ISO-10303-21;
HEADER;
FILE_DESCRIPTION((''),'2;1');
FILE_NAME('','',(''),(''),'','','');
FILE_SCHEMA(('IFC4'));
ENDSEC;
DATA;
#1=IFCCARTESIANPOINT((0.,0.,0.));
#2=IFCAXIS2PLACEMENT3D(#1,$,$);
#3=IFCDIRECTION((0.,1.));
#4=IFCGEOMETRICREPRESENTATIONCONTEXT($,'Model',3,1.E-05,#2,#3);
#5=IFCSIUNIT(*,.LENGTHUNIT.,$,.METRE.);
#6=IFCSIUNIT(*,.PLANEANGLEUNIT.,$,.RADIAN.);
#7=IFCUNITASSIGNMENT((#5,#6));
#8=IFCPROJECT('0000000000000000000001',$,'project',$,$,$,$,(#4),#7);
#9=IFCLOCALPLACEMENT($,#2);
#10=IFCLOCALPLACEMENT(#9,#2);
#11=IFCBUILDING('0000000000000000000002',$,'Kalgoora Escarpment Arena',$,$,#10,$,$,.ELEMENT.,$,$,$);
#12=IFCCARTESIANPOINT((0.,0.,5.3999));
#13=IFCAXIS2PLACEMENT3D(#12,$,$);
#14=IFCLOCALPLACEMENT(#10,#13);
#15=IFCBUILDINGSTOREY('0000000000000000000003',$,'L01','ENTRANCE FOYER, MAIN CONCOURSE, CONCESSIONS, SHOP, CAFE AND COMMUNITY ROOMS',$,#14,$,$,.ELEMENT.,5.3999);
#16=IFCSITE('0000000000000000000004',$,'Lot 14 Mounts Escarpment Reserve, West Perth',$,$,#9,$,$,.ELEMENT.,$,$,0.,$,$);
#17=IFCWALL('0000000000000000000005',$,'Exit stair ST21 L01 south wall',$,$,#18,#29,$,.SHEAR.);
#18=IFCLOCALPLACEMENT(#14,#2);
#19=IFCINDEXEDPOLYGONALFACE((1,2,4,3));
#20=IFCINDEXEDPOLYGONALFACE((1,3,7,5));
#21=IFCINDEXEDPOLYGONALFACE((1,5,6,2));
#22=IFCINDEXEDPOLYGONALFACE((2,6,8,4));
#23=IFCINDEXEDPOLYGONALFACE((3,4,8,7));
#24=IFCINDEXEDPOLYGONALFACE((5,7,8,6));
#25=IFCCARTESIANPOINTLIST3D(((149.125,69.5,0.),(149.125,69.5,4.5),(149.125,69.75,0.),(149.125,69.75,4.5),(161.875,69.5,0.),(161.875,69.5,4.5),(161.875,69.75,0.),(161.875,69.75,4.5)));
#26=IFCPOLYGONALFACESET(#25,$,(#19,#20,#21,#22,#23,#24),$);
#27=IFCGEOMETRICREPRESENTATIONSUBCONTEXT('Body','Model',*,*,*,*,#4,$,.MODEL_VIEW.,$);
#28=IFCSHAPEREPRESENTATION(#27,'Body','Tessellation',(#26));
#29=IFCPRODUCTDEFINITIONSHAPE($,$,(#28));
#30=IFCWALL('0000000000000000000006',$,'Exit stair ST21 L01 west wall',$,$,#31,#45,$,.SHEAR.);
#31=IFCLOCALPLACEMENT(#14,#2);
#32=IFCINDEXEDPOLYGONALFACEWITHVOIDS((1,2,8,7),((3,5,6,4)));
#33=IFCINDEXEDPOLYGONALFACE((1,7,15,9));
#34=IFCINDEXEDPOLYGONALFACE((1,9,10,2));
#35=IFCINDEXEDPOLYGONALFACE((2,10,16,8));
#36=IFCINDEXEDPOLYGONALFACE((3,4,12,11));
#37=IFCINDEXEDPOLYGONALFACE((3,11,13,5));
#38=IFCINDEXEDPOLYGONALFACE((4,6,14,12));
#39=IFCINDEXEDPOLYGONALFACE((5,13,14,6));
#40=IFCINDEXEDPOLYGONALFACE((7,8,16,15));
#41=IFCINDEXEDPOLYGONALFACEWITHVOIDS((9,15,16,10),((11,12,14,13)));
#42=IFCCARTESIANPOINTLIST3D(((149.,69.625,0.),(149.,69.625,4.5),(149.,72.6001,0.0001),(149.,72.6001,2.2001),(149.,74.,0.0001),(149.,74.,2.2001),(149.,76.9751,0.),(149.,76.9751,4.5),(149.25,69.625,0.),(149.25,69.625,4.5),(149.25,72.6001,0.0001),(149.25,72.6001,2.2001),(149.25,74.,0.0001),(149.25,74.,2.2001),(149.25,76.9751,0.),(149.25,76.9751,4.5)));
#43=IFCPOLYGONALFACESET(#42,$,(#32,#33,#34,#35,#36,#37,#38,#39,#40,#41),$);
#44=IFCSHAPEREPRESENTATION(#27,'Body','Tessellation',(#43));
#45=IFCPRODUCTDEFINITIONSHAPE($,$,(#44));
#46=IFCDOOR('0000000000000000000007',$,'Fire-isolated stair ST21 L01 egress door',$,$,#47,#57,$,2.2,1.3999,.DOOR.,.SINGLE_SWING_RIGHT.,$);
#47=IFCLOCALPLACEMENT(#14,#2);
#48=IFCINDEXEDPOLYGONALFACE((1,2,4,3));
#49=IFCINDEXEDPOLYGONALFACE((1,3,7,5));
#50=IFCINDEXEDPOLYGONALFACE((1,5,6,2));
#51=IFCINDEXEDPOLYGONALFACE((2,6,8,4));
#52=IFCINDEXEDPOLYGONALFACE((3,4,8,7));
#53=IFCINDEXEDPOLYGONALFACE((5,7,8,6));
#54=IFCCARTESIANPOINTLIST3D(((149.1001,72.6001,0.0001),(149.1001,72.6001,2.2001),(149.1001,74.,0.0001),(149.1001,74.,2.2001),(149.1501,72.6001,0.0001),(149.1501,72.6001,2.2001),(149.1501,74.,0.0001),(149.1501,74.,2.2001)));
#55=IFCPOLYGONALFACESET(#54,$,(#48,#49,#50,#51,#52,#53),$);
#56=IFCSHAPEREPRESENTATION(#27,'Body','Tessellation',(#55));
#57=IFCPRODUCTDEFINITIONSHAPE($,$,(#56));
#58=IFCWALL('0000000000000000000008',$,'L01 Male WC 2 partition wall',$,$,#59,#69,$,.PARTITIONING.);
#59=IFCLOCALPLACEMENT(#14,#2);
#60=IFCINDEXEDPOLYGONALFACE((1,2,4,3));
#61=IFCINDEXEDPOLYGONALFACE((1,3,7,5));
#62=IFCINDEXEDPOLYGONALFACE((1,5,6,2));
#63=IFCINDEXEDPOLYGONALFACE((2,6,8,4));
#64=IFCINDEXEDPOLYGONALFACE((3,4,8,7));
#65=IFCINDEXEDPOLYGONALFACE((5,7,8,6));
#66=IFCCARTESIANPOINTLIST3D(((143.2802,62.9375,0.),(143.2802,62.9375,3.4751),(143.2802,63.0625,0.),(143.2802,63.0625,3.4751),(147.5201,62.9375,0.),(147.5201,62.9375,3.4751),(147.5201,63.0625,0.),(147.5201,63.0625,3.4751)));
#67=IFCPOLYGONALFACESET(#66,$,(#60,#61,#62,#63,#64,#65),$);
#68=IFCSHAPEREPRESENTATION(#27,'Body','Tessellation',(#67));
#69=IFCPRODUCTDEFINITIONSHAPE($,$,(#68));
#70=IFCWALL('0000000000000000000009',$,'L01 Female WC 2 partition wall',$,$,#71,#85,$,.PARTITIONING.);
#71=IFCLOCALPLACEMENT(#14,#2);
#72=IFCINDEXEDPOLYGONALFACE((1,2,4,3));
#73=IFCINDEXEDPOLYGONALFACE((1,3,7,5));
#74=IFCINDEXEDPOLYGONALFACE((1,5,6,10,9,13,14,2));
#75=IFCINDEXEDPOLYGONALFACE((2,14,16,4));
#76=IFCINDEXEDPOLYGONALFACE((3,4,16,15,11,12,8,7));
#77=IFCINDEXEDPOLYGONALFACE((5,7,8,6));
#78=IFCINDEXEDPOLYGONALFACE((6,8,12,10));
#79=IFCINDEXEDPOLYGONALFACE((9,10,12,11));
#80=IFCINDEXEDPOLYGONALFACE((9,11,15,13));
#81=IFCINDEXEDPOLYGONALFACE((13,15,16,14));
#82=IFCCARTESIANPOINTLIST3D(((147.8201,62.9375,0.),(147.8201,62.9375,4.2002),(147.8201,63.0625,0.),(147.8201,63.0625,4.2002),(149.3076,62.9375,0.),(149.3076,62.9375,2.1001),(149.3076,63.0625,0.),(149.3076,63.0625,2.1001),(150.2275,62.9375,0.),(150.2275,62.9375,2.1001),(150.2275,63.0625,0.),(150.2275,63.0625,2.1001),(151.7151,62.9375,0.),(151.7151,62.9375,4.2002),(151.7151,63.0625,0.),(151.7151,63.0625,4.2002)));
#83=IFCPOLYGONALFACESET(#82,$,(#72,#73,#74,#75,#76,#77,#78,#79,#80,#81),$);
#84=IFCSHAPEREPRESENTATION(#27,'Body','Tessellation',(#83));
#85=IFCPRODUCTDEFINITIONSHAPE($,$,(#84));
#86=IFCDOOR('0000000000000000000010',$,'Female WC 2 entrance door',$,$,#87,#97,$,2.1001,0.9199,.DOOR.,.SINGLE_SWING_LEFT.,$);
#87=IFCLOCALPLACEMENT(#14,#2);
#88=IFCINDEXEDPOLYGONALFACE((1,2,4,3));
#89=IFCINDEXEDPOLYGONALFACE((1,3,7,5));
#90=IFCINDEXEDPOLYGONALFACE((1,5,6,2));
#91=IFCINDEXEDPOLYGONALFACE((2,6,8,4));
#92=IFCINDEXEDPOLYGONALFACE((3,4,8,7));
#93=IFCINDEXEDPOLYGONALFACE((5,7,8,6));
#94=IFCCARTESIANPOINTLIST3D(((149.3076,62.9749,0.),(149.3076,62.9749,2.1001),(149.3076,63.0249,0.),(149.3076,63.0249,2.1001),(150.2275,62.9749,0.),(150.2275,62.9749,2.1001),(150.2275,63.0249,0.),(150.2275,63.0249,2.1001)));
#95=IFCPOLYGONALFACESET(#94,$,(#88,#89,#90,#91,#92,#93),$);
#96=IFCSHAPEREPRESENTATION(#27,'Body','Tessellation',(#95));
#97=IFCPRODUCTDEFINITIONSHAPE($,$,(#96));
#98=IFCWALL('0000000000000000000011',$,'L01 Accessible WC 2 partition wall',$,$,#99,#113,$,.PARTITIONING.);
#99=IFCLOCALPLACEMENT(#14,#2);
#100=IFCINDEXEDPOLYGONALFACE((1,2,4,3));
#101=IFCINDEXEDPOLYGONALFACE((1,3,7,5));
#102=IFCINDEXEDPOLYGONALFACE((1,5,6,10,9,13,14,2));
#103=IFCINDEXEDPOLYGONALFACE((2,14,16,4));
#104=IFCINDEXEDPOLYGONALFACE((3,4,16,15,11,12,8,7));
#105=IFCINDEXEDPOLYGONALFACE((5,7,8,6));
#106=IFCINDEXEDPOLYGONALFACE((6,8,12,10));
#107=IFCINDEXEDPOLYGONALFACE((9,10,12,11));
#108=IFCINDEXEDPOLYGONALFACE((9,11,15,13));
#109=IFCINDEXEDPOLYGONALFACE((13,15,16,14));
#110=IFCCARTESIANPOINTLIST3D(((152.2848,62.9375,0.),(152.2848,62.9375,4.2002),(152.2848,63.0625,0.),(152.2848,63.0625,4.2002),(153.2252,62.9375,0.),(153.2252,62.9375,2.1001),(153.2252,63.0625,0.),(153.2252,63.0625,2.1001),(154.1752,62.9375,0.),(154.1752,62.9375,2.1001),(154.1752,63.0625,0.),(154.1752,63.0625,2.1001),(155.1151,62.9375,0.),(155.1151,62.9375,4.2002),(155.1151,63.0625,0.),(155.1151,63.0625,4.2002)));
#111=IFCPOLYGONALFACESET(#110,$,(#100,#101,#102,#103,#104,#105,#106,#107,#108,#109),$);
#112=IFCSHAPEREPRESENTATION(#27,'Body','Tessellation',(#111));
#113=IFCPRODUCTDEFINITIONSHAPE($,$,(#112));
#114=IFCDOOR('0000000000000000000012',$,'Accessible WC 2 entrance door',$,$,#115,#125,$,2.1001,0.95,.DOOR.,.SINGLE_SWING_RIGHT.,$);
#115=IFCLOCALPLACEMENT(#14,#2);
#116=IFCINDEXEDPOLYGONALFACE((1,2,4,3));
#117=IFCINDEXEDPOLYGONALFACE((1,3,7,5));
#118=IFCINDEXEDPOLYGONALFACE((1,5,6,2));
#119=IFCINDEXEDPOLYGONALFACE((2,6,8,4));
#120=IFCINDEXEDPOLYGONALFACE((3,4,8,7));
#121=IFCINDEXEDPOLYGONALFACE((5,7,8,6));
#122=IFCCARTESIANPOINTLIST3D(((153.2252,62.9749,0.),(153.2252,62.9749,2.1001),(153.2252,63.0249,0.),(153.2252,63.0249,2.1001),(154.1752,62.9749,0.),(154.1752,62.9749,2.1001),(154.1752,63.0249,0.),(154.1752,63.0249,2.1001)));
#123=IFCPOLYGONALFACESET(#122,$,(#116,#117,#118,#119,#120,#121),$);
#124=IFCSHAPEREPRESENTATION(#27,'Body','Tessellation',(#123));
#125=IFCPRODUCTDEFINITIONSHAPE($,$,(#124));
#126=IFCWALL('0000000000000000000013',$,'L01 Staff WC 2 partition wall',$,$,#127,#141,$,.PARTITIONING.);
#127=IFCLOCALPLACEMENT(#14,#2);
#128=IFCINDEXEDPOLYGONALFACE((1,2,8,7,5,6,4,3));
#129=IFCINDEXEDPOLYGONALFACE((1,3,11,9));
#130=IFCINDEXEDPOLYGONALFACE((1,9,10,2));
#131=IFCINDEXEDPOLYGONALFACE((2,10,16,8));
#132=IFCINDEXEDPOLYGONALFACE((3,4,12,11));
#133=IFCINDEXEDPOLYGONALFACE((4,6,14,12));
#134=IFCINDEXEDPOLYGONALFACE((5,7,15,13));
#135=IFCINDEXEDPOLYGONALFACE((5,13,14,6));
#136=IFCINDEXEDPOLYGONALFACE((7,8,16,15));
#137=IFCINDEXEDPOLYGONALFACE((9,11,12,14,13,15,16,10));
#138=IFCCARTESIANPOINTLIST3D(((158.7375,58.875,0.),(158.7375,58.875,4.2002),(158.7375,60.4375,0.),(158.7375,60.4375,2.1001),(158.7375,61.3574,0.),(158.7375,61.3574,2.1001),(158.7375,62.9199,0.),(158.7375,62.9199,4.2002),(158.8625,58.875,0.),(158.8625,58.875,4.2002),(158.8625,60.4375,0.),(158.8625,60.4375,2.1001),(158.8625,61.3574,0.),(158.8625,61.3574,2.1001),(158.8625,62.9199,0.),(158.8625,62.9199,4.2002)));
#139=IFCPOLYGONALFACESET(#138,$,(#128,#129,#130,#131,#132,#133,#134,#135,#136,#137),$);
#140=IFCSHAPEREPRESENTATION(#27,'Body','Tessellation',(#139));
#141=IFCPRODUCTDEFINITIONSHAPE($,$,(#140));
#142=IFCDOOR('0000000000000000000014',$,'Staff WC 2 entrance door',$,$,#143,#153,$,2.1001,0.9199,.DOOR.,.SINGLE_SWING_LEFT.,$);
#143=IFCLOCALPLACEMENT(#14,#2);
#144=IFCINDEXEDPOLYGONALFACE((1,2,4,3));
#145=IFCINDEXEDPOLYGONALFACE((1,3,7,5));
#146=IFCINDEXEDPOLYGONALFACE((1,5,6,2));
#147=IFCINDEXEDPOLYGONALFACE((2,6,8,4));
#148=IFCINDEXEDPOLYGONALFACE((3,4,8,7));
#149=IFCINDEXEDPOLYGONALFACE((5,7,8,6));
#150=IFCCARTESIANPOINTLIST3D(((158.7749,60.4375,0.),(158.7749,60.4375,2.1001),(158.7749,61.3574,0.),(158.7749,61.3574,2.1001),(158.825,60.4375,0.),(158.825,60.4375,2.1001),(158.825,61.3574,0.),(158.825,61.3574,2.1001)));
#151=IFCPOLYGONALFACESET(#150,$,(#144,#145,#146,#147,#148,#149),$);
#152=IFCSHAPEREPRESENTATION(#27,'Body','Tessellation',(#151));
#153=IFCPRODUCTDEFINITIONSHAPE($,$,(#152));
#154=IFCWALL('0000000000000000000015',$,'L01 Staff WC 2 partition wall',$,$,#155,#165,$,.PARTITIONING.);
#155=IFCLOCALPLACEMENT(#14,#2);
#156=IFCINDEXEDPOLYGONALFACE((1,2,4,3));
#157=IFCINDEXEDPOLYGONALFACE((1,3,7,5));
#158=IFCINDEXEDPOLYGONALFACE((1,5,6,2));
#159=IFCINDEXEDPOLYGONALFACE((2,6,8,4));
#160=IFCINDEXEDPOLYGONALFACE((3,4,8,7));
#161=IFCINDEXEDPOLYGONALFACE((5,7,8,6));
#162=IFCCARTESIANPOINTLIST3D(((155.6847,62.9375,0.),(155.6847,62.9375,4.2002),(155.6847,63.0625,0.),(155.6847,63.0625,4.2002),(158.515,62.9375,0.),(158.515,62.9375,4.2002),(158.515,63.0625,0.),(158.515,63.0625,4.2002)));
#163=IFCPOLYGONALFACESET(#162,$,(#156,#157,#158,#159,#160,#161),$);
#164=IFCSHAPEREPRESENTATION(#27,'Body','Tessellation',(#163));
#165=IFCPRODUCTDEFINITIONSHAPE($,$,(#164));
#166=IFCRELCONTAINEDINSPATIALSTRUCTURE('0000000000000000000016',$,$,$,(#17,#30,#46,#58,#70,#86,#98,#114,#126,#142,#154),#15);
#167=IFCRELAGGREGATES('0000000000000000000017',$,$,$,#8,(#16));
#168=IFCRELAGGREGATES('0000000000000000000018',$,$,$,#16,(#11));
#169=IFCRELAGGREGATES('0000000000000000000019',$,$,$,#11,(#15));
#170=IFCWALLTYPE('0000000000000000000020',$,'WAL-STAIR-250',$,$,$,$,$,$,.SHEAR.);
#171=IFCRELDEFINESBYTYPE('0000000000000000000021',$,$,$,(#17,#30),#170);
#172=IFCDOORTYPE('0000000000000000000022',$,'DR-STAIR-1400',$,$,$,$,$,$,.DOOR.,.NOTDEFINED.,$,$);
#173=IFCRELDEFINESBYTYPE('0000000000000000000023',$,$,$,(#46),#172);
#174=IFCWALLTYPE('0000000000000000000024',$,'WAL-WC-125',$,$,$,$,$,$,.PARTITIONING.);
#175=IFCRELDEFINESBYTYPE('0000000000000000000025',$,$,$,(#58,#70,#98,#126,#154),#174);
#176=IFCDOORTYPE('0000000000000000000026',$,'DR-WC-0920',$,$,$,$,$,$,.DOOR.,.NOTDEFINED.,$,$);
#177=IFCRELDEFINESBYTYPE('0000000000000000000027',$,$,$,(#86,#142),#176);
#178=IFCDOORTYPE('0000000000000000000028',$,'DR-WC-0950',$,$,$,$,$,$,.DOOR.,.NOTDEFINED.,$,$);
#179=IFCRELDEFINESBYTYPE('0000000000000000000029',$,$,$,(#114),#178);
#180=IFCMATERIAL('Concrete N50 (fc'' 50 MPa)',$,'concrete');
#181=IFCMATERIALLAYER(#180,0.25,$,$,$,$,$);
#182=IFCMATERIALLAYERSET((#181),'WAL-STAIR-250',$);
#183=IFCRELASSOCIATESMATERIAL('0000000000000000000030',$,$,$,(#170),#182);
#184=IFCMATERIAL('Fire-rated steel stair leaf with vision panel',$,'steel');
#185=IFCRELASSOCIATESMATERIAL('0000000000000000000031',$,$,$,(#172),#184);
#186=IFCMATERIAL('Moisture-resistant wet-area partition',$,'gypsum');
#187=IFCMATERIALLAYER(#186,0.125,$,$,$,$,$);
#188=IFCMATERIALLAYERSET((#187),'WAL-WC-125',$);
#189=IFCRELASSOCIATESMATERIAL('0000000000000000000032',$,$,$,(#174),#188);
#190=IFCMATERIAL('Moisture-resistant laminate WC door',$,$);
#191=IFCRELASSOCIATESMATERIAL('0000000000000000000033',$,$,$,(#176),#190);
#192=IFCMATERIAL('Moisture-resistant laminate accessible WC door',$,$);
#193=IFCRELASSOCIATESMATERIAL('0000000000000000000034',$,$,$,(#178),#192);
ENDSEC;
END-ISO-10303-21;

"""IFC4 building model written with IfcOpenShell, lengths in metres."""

from ifc_helpers import new_model, si_unit, direction, frame, frame_2d, origin, place, context, subcontext, project, spatial, rectangle, extrude, material, layer, layer_set, type_object, element, fill, save


model = new_model("IFC4")

# Units and contexts
model_context = context("Model", 3, precision=1e-05, world=origin(), true_north=direction((0.0, 1.0)))
body_context = subcontext(model_context, "Body", "Model", "MODEL_VIEW")
ifc_project = project(units=[si_unit("LENGTHUNIT", "METRE"), si_unit("PLANEANGLEUNIT", "RADIAN")], contexts=[model_context])

# Site, building, storey
site_placement = place(None, origin())
site = spatial("IfcSite", under=ifc_project, at=site_placement, Name="Lot 14 Mounts Escarpment Reserve, West Perth", CompositionType="ELEMENT", RefElevation=0.0)
building_placement = place(site_placement, origin())
building = spatial("IfcBuilding", under=site, at=building_placement, Name="Kalgoora Escarpment Arena", CompositionType="ELEMENT")
storey_placement = place(building_placement, frame((0.0, 0.0, 5.3999)))
storey = spatial("IfcBuildingStorey", under=building, at=storey_placement, Name="L01", Description="ENTRANCE FOYER, MAIN CONCOURSE, CONCESSIONS, SHOP, CAFE AND COMMUNITY ROOMS", CompositionType="ELEMENT", Elevation=5.3999)

# Wall
ifc_material_1 = material(Name="Concrete N50 (fc' 50 MPa)", Category="concrete")
ifc_layer_1 = layer(ifc_material_1, 0.25)
ifc_layer_set_1 = layer_set([ifc_layer_1], Name="WAL-STAIR-250")
wall_type_1 = type_object("IfcWallType", Name="WAL-STAIR-250", PredefinedType="SHEAR", material=ifc_layer_set_1)
wall_1_placement = place(storey_placement, frame((149.125, 69.625, 0.0), z_axis=(0.0, 0.0, 1.0), x_axis=(1.0, 0.0, 0.0)))
element("IfcWall", 1, at=wall_1_placement, inside=storey, type_object=wall_type_1, Name="Exit stair ST21 L01 south wall", PredefinedType="SHEAR", context=body_context, shape_type="SweptSolid", body=[
    extrude(rectangle(XDim=12.75, YDim=0.25, at=frame_2d((6.375, 0.0))), origin(), (0.0, 0.0, 1.0), 4.5),
])

# Wall, opening, door
wall_2_placement = place(storey_placement, frame((149.125, 69.625, 0.0), z_axis=(0.0, 0.0, 1.0), x_axis=(0.0, 1.0, 0.0)))
wall_2 = element("IfcWall", 2, at=wall_2_placement, inside=storey, type_object=wall_type_1, Name="Exit stair ST21 L01 west wall", PredefinedType="SHEAR", context=body_context, shape_type="SweptSolid", body=[
    extrude(rectangle(XDim=7.3501, YDim=0.25, at=frame_2d((3.675, 0.0))), origin(), (0.0, 0.0, 1.0), 4.5),
])
opening_1_placement = place(wall_2_placement, frame((2.9751, 0.0, 0.0)))
opening_1 = element("IfcOpeningElement", 3, at=opening_1_placement, cuts=wall_2, PredefinedType="OPENING", context=body_context, shape_type="SweptSolid", body=[
    extrude(rectangle(XDim=1.3999, YDim=2.2, at=frame_2d((0.7, 1.1001))), frame((0.0, 0.135, 0.0), z_axis=(0.0, -1.0, 0.0), x_axis=(1.0, 0.0, 0.0)), (0.0, 0.0, 1.0), 0.27),
])
ifc_material_2 = material(Name="Fire-rated steel stair leaf with vision panel", Category="steel")
door_type_1 = type_object("IfcDoorType", Name="DR-STAIR-1400", OperationType="NOTDEFINED", PredefinedType="DOOR", material=ifc_material_2)
door_1_placement = place(opening_1_placement, origin())
door_1 = element("IfcDoor", 4, at=door_1_placement, inside=storey, type_object=door_type_1, Name="Fire-isolated stair ST21 L01 egress door", OperationType="SINGLE_SWING_RIGHT", OverallHeight=2.2, OverallWidth=1.3999, PredefinedType="DOOR", context=body_context, shape_type="SweptSolid", body=[
    extrude(rectangle(XDim=1.3999, YDim=2.2, at=frame_2d((0.7, 1.1001))), frame((0.0, 0.0249, 0.0), z_axis=(0.0, -1.0, 0.0), x_axis=(1.0, 0.0, 0.0)), (0.0, 0.0, 1.0), 0.05),
])
fill(opening_1, door_1)

# Wall
ifc_material_3 = material(Name="Moisture-resistant wet-area partition", Category="gypsum")
ifc_layer_2 = layer(ifc_material_3, 0.125)
ifc_layer_set_2 = layer_set([ifc_layer_2], Name="WAL-WC-125")
wall_type_2 = type_object("IfcWallType", Name="WAL-WC-125", PredefinedType="PARTITIONING", material=ifc_layer_set_2)
wall_3_placement = place(storey_placement, frame((143.28, 63.0, 0.0), z_axis=(0.0, 0.0, 1.0), x_axis=(1.0, 0.0, 0.0)))
element("IfcWall", 5, at=wall_3_placement, inside=storey, type_object=wall_type_2, Name="L01 Male WC 2 partition wall", PredefinedType="PARTITIONING", context=body_context, shape_type="SweptSolid", body=[
    extrude(rectangle(XDim=4.24, YDim=0.125, at=frame_2d((2.1201, 0.0))), origin(), (0.0, 0.0, 1.0), 3.4751),
])

# Walls, openings, doors
wall_4_placement = place(storey_placement, frame((147.8201, 63.0, 0.0), z_axis=(0.0, 0.0, 1.0), x_axis=(1.0, 0.0, 0.0)))
wall_4 = element("IfcWall", 6, at=wall_4_placement, inside=storey, type_object=wall_type_2, Name="L01 Female WC 2 partition wall", PredefinedType="PARTITIONING", context=body_context, shape_type="SweptSolid", body=[
    extrude(rectangle(XDim=3.895, YDim=0.125, at=frame_2d((1.9475, 0.0))), origin(), (0.0, 0.0, 1.0), 4.2002),
])
opening_2_placement = place(wall_4_placement, frame((1.4875, 0.0, 0.0)))
opening_2 = element("IfcOpeningElement", 7, at=opening_2_placement, cuts=wall_4, PredefinedType="OPENING", context=body_context, shape_type="SweptSolid", body=[
    extrude(rectangle(XDim=0.9199, YDim=2.1001, at=frame_2d((0.46, 1.05))), frame((0.0, 0.0725, 0.0), z_axis=(0.0, -1.0, 0.0), x_axis=(1.0, 0.0, 0.0)), (0.0, 0.0, 1.0), 0.145),
])
ifc_material_4 = material(Name="Moisture-resistant laminate WC door")
door_type_2 = type_object("IfcDoorType", Name="DR-WC-0920", OperationType="NOTDEFINED", PredefinedType="DOOR", material=ifc_material_4)
door_2_placement = place(opening_2_placement, origin())
door_2 = element("IfcDoor", 8, at=door_2_placement, inside=storey, type_object=door_type_2, Name="Female WC 2 entrance door", OperationType="SINGLE_SWING_LEFT", OverallHeight=2.1001, OverallWidth=0.9199, PredefinedType="DOOR", context=body_context, shape_type="SweptSolid", body=[
    extrude(rectangle(XDim=0.9199, YDim=2.1001, at=frame_2d((0.46, 1.05))), frame((0.0, 0.0249, 0.0), z_axis=(0.0, -1.0, 0.0), x_axis=(1.0, 0.0, 0.0)), (0.0, 0.0, 1.0), 0.05),
])
fill(opening_2, door_2)
wall_5_placement = place(storey_placement, frame((152.2849, 63.0, 0.0), z_axis=(0.0, 0.0, 1.0), x_axis=(1.0, 0.0, 0.0)))
wall_5 = element("IfcWall", 9, at=wall_5_placement, inside=storey, type_object=wall_type_2, Name="L01 Accessible WC 2 partition wall", PredefinedType="PARTITIONING", context=body_context, shape_type="SweptSolid", body=[
    extrude(rectangle(XDim=2.8303, YDim=0.125, at=frame_2d((1.415, 0.0))), origin(), (0.0, 0.0, 1.0), 4.2002),
])
opening_3_placement = place(wall_5_placement, frame((0.9402, 0.0, 0.0)))
opening_3 = element("IfcOpeningElement", 10, at=opening_3_placement, cuts=wall_5, PredefinedType="OPENING", context=body_context, shape_type="SweptSolid", body=[
    extrude(rectangle(XDim=0.95, YDim=2.1001, at=frame_2d((0.4751, 1.05))), frame((0.0, 0.0725, 0.0), z_axis=(0.0, -1.0, 0.0), x_axis=(1.0, 0.0, 0.0)), (0.0, 0.0, 1.0), 0.145),
])
ifc_material_5 = material(Name="Moisture-resistant laminate accessible WC door")
door_type_3 = type_object("IfcDoorType", Name="DR-WC-0950", OperationType="NOTDEFINED", PredefinedType="DOOR", material=ifc_material_5)
door_3_placement = place(opening_3_placement, origin())
door_3 = element("IfcDoor", 11, at=door_3_placement, inside=storey, type_object=door_type_3, Name="Accessible WC 2 entrance door", OperationType="SINGLE_SWING_RIGHT", OverallHeight=2.1001, OverallWidth=0.95, PredefinedType="DOOR", context=body_context, shape_type="SweptSolid", body=[
    extrude(rectangle(XDim=0.95, YDim=2.1001, at=frame_2d((0.4751, 1.05))), frame((0.0, 0.0249, 0.0), z_axis=(0.0, -1.0, 0.0), x_axis=(1.0, 0.0, 0.0)), (0.0, 0.0, 1.0), 0.05),
])
fill(opening_3, door_3)
wall_6_placement = place(storey_placement, frame((158.8, 62.9199, 0.0), z_axis=(0.0, 0.0, 1.0), x_axis=(0.0, -1.0, 0.0)))
wall_6 = element("IfcWall", 12, at=wall_6_placement, inside=storey, type_object=wall_type_2, Name="L01 Staff WC 2 partition wall", PredefinedType="PARTITIONING", context=body_context, shape_type="SweptSolid", body=[
    extrude(rectangle(XDim=4.0449, YDim=0.125, at=frame_2d((2.0225, 0.0))), origin(), (0.0, 0.0, 1.0), 4.2002),
])
opening_4_placement = place(wall_6_placement, frame((1.5625, 0.0, 0.0)))
opening_4 = element("IfcOpeningElement", 13, at=opening_4_placement, cuts=wall_6, PredefinedType="OPENING", context=body_context, shape_type="SweptSolid", body=[
    extrude(rectangle(XDim=0.9199, YDim=2.1001, at=frame_2d((0.46, 1.05))), frame((0.0, 0.0725, 0.0), z_axis=(0.0, -1.0, 0.0), x_axis=(1.0, 0.0, 0.0)), (0.0, 0.0, 1.0), 0.145),
])
door_4_placement = place(opening_4_placement, origin())
door_4 = element("IfcDoor", 14, at=door_4_placement, inside=storey, type_object=door_type_2, Name="Staff WC 2 entrance door", OperationType="SINGLE_SWING_LEFT", OverallHeight=2.1001, OverallWidth=0.9199, PredefinedType="DOOR", context=body_context, shape_type="SweptSolid", body=[
    extrude(rectangle(XDim=0.9199, YDim=2.1001, at=frame_2d((0.46, 1.05))), frame((0.0, 0.0249, 0.0), z_axis=(0.0, -1.0, 0.0), x_axis=(1.0, 0.0, 0.0)), (0.0, 0.0, 1.0), 0.05),
])
fill(opening_4, door_4)

# Wall
wall_7_placement = place(storey_placement, frame((155.6848, 63.0, 0.0), z_axis=(0.0, 0.0, 1.0), x_axis=(1.0, 0.0, 0.0)))
element("IfcWall", 15, at=wall_7_placement, inside=storey, type_object=wall_type_2, Name="L01 Staff WC 2 partition wall", PredefinedType="PARTITIONING", context=body_context, shape_type="SweptSolid", body=[
    extrude(rectangle(XDim=2.8303, YDim=0.125, at=frame_2d((1.415, 0.0))), origin(), (0.0, 0.0, 1.0), 4.2002),
])

save(model, "model.ifc")
